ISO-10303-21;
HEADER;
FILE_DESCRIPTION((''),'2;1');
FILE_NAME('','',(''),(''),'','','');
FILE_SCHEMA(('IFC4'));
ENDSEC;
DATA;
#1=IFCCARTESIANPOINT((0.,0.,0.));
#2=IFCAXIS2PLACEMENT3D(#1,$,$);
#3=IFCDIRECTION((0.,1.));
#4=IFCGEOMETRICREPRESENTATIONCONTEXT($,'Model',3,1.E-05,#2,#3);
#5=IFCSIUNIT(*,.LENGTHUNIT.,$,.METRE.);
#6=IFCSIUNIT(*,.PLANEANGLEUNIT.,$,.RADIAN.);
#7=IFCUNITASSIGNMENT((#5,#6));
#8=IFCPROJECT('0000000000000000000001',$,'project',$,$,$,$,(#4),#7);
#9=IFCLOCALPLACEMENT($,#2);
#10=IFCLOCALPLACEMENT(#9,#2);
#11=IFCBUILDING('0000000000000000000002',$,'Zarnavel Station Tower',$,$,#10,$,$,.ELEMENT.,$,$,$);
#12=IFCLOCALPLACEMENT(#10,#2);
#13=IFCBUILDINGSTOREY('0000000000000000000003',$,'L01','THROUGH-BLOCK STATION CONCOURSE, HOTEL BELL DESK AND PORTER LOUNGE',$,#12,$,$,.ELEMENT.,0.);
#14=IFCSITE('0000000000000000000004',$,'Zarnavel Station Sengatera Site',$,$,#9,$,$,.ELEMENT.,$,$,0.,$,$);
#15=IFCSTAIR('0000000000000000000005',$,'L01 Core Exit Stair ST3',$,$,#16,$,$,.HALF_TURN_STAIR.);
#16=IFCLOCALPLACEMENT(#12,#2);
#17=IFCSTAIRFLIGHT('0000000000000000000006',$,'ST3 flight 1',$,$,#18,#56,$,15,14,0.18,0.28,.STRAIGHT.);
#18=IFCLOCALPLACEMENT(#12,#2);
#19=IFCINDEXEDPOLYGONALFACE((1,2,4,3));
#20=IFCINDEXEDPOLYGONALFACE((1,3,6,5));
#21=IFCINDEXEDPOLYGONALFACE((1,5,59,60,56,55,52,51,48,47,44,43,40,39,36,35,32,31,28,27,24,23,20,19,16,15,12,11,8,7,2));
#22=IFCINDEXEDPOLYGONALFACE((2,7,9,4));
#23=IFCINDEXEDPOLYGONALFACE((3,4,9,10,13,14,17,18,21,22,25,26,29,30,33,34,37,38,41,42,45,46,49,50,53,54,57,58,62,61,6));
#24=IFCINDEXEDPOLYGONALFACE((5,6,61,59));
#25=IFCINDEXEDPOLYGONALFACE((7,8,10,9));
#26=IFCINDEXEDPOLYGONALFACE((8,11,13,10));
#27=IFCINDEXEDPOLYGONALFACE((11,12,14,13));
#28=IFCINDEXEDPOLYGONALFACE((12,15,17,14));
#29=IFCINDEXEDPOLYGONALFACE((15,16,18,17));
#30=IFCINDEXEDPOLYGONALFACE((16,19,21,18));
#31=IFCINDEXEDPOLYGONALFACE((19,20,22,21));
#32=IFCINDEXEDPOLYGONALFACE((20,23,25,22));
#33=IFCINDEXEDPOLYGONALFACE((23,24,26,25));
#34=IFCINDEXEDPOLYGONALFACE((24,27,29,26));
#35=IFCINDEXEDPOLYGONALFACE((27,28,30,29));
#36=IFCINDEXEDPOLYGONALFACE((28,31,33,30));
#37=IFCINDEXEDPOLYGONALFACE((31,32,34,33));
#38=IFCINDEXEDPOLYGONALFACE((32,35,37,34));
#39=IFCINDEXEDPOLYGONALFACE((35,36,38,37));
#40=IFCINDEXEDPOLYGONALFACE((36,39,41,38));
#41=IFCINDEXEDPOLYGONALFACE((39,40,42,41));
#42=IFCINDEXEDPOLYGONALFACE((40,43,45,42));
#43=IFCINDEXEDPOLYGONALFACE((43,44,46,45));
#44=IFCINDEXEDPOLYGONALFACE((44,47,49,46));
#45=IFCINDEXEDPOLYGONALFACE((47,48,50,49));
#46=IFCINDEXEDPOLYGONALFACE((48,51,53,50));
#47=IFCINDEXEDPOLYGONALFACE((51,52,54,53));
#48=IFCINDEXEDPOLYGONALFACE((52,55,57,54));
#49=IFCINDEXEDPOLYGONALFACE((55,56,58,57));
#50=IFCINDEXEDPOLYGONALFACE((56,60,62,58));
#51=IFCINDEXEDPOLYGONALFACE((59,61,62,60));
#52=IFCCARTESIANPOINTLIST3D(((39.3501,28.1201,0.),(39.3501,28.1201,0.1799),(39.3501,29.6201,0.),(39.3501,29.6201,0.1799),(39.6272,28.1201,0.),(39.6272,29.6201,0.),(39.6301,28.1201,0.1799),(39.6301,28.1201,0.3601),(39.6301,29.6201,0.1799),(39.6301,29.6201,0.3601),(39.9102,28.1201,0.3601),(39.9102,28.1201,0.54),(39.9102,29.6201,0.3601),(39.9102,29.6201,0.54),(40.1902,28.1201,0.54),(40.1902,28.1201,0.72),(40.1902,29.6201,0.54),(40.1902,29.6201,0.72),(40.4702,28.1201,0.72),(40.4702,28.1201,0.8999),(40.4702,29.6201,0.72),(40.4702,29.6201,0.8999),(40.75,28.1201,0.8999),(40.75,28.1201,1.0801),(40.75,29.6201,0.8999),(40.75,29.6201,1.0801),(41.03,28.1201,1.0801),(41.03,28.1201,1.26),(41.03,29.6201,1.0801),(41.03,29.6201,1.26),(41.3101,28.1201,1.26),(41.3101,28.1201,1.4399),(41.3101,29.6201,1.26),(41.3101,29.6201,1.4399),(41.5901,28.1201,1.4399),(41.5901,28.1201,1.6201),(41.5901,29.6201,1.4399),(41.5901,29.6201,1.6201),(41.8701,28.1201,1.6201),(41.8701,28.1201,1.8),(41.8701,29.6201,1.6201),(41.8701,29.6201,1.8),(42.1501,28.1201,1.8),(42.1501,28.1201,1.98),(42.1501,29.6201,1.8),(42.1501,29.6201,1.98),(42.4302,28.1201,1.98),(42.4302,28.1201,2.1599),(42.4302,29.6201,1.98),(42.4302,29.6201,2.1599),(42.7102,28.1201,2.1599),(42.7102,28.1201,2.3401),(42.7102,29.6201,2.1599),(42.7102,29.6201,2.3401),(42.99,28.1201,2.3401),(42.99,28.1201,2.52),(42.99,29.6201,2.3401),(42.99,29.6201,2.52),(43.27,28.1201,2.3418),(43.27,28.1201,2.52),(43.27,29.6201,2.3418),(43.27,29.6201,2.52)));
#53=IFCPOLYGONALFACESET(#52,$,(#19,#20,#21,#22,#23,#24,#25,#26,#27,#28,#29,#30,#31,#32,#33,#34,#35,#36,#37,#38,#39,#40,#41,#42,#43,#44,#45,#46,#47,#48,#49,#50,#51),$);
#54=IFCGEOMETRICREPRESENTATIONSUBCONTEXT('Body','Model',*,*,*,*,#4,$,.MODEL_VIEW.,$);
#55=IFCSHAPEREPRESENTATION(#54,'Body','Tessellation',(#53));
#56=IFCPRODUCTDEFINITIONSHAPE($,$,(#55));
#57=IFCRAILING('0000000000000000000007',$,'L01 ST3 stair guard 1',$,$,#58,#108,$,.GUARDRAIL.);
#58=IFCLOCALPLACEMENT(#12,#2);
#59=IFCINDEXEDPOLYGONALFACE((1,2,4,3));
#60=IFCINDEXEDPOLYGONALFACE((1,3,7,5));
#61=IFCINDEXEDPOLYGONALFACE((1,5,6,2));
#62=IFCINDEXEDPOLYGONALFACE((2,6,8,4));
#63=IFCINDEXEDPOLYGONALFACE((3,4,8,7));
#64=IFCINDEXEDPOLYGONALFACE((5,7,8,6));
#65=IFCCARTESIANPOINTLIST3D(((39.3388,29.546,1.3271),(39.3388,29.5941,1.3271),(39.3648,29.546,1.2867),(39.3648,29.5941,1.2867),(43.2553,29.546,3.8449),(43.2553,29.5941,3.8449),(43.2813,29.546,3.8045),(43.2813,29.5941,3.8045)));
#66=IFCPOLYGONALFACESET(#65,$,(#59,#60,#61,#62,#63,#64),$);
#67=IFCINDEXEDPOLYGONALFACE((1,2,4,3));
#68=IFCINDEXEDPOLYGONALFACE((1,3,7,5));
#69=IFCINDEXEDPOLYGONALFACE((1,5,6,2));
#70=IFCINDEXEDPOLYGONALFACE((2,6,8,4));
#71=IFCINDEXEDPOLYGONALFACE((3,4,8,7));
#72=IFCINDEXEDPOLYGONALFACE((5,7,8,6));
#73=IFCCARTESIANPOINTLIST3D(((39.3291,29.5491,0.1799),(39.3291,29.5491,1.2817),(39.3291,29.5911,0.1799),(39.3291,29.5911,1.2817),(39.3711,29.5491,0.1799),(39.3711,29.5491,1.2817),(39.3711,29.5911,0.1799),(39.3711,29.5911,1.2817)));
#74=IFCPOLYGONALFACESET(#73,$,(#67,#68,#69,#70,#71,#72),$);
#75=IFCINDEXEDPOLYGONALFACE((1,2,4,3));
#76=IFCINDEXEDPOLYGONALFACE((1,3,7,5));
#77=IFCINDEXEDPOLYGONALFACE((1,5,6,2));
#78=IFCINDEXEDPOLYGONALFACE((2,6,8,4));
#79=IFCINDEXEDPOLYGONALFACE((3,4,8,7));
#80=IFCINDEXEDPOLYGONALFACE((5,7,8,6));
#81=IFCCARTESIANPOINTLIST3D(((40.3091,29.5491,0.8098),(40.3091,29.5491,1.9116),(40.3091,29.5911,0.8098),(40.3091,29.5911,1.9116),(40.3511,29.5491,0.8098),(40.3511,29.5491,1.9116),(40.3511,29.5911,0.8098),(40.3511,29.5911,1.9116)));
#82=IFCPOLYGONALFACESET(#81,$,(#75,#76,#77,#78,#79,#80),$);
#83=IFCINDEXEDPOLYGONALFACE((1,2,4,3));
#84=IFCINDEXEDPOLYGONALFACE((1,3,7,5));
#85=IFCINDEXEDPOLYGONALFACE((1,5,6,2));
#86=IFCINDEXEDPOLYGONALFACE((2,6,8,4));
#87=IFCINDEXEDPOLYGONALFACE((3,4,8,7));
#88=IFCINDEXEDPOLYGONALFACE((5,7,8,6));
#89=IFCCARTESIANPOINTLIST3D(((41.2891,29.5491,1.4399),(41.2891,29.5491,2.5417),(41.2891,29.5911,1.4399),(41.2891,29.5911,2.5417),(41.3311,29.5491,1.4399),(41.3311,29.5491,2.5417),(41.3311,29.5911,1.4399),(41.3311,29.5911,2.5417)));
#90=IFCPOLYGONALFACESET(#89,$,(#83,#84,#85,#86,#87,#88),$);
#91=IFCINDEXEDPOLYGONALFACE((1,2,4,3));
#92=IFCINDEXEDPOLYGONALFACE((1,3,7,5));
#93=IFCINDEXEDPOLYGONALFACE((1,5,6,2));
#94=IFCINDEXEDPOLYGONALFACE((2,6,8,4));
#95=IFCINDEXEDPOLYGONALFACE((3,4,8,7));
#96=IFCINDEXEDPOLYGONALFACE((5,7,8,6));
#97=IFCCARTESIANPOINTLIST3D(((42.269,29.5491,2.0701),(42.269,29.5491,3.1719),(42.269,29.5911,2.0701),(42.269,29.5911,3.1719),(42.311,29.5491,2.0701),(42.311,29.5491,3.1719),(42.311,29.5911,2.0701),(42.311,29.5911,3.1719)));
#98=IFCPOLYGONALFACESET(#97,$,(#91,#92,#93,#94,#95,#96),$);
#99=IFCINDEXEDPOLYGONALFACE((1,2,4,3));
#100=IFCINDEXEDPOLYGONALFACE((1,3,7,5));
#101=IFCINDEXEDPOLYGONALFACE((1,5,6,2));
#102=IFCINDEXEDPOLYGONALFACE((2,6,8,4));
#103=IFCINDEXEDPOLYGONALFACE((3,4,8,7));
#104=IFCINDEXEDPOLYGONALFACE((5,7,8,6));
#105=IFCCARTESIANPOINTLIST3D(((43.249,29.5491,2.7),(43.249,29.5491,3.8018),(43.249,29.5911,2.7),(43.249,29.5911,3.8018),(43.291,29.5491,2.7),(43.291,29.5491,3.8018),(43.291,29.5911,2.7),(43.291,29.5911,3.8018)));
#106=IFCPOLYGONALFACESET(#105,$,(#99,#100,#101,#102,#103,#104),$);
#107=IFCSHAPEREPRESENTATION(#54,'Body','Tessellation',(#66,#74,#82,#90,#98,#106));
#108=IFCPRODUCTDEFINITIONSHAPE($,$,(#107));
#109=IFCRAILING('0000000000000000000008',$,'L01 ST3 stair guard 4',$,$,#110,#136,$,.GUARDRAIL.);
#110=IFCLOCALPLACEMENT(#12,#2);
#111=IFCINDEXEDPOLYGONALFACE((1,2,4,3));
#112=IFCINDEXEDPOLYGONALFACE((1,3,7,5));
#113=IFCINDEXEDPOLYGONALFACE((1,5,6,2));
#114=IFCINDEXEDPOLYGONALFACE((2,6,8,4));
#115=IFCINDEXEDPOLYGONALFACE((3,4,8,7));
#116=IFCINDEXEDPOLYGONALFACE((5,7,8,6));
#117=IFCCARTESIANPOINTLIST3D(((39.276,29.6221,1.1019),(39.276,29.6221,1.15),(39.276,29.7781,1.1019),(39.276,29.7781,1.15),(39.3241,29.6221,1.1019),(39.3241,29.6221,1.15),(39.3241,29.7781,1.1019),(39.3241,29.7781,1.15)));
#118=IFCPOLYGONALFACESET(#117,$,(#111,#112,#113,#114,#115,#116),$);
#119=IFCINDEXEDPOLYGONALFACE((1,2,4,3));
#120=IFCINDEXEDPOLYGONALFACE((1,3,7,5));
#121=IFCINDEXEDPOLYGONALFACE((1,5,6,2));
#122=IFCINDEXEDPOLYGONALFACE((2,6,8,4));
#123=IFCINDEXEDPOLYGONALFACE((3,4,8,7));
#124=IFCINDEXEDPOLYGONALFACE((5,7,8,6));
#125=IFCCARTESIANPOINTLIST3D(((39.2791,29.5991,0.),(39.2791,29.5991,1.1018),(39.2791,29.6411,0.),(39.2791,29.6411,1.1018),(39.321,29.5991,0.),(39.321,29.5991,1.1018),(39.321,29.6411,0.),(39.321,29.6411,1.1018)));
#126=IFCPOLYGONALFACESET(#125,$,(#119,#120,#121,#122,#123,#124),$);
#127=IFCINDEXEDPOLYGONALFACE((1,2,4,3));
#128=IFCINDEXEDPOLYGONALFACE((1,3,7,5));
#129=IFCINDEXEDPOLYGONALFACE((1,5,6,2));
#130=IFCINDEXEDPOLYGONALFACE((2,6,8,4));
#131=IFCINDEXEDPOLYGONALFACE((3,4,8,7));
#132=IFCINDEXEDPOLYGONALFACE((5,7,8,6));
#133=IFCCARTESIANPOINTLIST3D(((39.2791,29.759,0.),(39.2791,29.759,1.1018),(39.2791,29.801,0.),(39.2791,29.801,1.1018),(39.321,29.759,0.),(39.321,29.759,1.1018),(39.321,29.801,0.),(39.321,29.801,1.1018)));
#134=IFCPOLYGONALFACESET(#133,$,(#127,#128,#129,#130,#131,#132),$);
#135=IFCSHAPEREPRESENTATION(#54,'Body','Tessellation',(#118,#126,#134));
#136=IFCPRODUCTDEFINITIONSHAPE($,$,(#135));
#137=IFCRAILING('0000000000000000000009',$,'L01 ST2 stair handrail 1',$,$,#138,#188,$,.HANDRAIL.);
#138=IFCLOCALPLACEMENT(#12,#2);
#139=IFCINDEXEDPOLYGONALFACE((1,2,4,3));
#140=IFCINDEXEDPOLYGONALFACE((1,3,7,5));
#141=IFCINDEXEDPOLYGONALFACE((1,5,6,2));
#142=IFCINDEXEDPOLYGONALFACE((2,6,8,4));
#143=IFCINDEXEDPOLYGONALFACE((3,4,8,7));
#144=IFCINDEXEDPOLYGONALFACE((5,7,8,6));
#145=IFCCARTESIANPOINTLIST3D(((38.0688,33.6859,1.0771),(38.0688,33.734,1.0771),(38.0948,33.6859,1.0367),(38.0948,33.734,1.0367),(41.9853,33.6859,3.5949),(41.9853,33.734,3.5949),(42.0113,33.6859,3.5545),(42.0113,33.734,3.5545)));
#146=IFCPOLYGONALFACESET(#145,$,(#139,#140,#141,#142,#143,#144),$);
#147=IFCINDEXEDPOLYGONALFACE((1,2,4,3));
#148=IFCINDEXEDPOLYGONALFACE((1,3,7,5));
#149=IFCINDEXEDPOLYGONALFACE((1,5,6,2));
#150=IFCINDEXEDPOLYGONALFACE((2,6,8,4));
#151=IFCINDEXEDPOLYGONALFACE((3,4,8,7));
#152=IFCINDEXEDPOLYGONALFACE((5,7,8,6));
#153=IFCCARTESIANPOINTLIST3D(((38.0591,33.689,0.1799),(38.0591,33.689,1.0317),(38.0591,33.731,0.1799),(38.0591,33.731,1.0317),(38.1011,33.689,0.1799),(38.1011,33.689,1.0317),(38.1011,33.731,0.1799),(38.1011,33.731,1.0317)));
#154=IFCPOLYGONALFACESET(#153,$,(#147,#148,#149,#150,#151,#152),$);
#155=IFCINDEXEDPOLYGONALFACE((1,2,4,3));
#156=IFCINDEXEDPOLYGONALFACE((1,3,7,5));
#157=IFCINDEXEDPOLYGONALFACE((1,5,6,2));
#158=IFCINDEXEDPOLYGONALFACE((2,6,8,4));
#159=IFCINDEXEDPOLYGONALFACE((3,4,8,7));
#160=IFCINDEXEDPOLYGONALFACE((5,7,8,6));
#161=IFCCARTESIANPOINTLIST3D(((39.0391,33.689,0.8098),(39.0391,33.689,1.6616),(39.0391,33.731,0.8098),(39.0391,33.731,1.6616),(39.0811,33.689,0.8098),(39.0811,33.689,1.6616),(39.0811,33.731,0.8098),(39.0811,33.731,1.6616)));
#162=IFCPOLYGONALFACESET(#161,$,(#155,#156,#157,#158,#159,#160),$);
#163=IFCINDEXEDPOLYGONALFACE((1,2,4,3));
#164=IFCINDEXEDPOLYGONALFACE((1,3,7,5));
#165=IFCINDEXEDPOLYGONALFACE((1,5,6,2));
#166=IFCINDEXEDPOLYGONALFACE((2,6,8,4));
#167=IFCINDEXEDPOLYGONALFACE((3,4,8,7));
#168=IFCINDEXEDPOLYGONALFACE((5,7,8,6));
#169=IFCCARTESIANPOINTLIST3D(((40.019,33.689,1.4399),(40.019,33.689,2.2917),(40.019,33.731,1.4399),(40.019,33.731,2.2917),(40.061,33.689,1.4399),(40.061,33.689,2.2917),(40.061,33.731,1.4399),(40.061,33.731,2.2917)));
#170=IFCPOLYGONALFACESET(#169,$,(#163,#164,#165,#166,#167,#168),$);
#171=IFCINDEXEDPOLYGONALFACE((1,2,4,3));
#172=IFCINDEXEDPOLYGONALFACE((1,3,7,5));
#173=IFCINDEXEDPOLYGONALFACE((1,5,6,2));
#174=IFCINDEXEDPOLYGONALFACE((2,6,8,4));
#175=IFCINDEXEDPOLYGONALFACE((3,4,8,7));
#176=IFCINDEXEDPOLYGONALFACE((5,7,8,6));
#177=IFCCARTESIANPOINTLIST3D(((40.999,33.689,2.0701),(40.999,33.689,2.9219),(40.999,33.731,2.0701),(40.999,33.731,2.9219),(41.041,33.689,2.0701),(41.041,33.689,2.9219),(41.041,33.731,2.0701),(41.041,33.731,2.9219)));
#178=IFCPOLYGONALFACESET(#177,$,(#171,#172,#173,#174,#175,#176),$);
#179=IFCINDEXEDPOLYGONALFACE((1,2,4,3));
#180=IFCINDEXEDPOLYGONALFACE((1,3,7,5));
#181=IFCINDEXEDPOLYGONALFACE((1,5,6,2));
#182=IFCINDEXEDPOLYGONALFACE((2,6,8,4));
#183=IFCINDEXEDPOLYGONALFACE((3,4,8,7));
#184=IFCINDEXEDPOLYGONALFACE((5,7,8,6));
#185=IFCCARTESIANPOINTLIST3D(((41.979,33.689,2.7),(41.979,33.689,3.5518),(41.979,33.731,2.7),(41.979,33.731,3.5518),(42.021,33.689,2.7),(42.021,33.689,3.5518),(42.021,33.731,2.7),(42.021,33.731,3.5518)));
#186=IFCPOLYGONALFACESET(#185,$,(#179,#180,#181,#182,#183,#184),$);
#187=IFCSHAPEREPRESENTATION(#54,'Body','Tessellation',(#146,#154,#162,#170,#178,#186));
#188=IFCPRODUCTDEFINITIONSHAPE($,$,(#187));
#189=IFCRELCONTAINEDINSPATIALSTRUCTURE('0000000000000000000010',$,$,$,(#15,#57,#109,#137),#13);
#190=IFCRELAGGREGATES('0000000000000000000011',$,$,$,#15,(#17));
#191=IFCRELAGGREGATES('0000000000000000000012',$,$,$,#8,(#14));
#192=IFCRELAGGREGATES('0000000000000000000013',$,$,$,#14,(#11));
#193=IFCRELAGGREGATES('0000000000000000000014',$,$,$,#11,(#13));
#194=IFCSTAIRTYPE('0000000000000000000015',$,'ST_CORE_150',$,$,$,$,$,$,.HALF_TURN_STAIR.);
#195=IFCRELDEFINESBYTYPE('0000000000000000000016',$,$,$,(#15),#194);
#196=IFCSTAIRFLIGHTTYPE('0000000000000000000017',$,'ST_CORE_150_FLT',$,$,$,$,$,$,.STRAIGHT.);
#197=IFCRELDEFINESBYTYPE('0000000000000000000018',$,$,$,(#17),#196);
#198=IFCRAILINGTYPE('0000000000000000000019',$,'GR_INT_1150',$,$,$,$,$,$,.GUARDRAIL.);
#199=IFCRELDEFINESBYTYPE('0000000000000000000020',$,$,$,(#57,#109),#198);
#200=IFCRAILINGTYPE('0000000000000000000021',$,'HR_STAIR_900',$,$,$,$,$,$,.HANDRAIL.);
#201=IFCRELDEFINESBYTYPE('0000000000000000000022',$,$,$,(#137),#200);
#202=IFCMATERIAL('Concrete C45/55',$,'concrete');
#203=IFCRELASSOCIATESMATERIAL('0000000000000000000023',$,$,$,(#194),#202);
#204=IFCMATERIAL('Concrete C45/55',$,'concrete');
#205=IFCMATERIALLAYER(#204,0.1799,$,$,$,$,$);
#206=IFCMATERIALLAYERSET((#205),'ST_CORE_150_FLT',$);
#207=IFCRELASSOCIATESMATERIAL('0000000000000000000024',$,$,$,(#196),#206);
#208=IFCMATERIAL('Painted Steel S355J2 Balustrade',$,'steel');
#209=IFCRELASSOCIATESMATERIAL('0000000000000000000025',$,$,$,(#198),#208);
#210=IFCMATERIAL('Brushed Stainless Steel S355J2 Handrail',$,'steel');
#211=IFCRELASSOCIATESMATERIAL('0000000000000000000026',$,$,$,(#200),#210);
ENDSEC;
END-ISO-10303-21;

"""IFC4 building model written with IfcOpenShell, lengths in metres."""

from ifc_helpers import new_model, si_unit, direction, frame, origin, origin_2d, place, context, subcontext, project, spatial, polyline, rectangle, outline, extrude, material, layer, layer_set, type_object, element, aggregate, save


model = new_model("IFC4")

# Units and contexts
model_context = context("Model", 3, precision=1e-05, world=origin(), true_north=direction((0.0, 1.0)))
body_context = subcontext(model_context, "Body", "Model", "MODEL_VIEW")
ifc_project = project(units=[si_unit("LENGTHUNIT", "METRE"), si_unit("PLANEANGLEUNIT", "RADIAN")], contexts=[model_context])

# Site, building, storey
site_placement = place(None, origin())
site = spatial("IfcSite", under=ifc_project, at=site_placement, Name="Zarnavel Station Sengatera Site", CompositionType="ELEMENT", RefElevation=0.0)
building_placement = place(site_placement, origin())
building = spatial("IfcBuilding", under=site, at=building_placement, Name="Zarnavel Station Tower", CompositionType="ELEMENT")
storey_placement = place(building_placement, origin())
storey = spatial("IfcBuildingStorey", under=building, at=storey_placement, Name="L01", Description="THROUGH-BLOCK STATION CONCOURSE, HOTEL BELL DESK AND PORTER LOUNGE", CompositionType="ELEMENT", Elevation=0.0)

# Stair, stair flight
ifc_material_1 = material(Name="Concrete C45/55", Category="concrete")
stair_type = type_object("IfcStairType", Name="ST_CORE_150", PredefinedType="HALF_TURN_STAIR", material=ifc_material_1)
stair_placement = place(storey_placement, origin())
stair = element("IfcStair", 1, at=stair_placement, inside=storey, type_object=stair_type, Name="L01 Core Exit Stair ST3", PredefinedType="HALF_TURN_STAIR")
ifc_material_2 = material(Name="Concrete C45/55", Category="concrete")
ifc_layer_1 = layer(ifc_material_2, 0.1799)
ifc_layer_set_1 = layer_set([ifc_layer_1], Name="ST_CORE_150_FLT")
stair_flight_type = type_object("IfcStairFlightType", Name="ST_CORE_150_FLT", PredefinedType="STRAIGHT", material=ifc_layer_set_1)
stair_flight_placement = place(storey_placement, frame((39.3501, 28.8701, 0.0), z_axis=(0.0, 0.0, 1.0), x_axis=(1.0, 0.0, 0.0)))
stair_flight = element("IfcStairFlight", 2, at=stair_flight_placement, type_object=stair_flight_type, Name="ST3 flight 1", NumberOfRisers=15, NumberOfTreads=14, PredefinedType="STRAIGHT", RiserHeight=0.18, TreadLength=0.28, context=body_context, shape_type="SweptSolid", body=[
    extrude(outline(polyline([(0.0, 0.0), (0.0, 0.1799), (0.28, 0.1799), (0.28, 0.3601), (0.5601, 0.3601), (0.5601, 0.54), (0.8401, 0.54), (0.8401, 0.72), (1.1201, 0.72), (1.1201, 0.8999), (1.3999, 0.8999), (1.3999, 1.0801), (1.6799, 1.0801), (1.6799, 1.26), (1.96, 1.26), (1.96, 1.4399), (2.24, 1.4399), (2.24, 1.6201), (2.52, 1.6201), (2.52, 1.8), (2.8, 1.8), (2.8, 1.98), (3.0801, 1.98), (3.0801, 2.1599), (3.3601, 2.1599), (3.3601, 2.3401), (3.6399, 2.3401), (3.6399, 2.52), (3.9199, 2.52), (3.9199, 2.7), (3.9199, 2.3418), (0.2771, 0.0), (0.0, 0.0)])), frame((0.0, 0.75, 0.0), z_axis=(0.0, -1.0, 0.0), x_axis=(1.0, 0.0, 0.0)), (0.0, 0.0, 1.0), 1.5),
])
aggregate(stair, [stair_flight])

# Railings
ifc_material_3 = material(Name="Painted Steel S355J2 Balustrade", Category="steel")
railing_type_1 = type_object("IfcRailingType", Name="GR_INT_1150", PredefinedType="GUARDRAIL", material=ifc_material_3)
railing_1_placement = place(storey_placement, frame((39.3501, 29.5701, 0.1799)))
element("IfcRailing", 3, at=railing_1_placement, inside=storey, type_object=railing_type_1, Name="L01 ST3 stair guard 1", PredefinedType="GUARDRAIL", context=body_context, shape_type="SweptSolid", body=[
    extrude(rectangle(XDim=0.0481, YDim=0.0481, at=origin_2d()), frame((0.0017, 0.0, 1.127), z_axis=(0.841172, 0.0, 0.540768), x_axis=(0.0, 1.0, 0.0)), (0.0, 0.0, 1.0), 4.656),
    extrude(rectangle(XDim=0.042, YDim=0.042, at=origin_2d()), origin(), (0.0, 0.0, 1.0), 1.1018),
    extrude(rectangle(XDim=0.042, YDim=0.042, at=origin_2d()), frame((0.98, 0.0, 0.6299)), (0.0, 0.0, 1.0), 1.1018),
    extrude(rectangle(XDim=0.042, YDim=0.042, at=origin_2d()), frame((1.96, 0.0, 1.26)), (0.0, 0.0, 1.0), 1.1018),
    extrude(rectangle(XDim=0.042, YDim=0.042, at=origin_2d()), frame((2.9399, 0.0, 1.8901)), (0.0, 0.0, 1.0), 1.1018),
    extrude(rectangle(XDim=0.042, YDim=0.042, at=origin_2d()), frame((3.9199, 0.0, 2.52)), (0.0, 0.0, 1.0), 1.1018),
])
railing_2_placement = place(storey_placement, frame((39.3, 29.6201, 0.0)))
element("IfcRailing", 4, at=railing_2_placement, inside=storey, type_object=railing_type_1, Name="L01 ST3 stair guard 4", PredefinedType="GUARDRAIL", context=body_context, shape_type="SweptSolid", body=[
    extrude(rectangle(XDim=0.0481, YDim=0.0481, at=origin_2d()), frame((0.0, 0.002, 1.126), z_axis=(0.0, 1.0, 0.0), x_axis=(-1.0, 0.0, 0.0)), (0.0, 0.0, 1.0), 0.156),
    extrude(rectangle(XDim=0.042, YDim=0.042, at=origin_2d()), origin(), (0.0, 0.0, 1.0), 1.1018),
    extrude(rectangle(XDim=0.042, YDim=0.042, at=origin_2d()), frame((0.0, 0.1599, 0.0)), (0.0, 0.0, 1.0), 1.1018),
])
ifc_material_4 = material(Name="Brushed Stainless Steel S355J2 Handrail", Category="steel")
railing_type_2 = type_object("IfcRailingType", Name="HR_STAIR_900", PredefinedType="HANDRAIL", material=ifc_material_4)
for number, where, name in (
    (5, (38.0801, 33.71, 0.1799), "L01 ST2 stair handrail 1"),
):
    element("IfcRailing", number, at=place(storey_placement, frame(where)), inside=storey, type_object=railing_type_2, Name=name, PredefinedType="HANDRAIL", context=body_context, shape_type="SweptSolid", body=[
        extrude(rectangle(XDim=0.0481, YDim=0.0481, at=origin_2d()), frame((0.0017, 0.0, 0.877), z_axis=(0.841172, 0.0, 0.540768), x_axis=(0.0, 1.0, 0.0)), (0.0, 0.0, 1.0), 4.656),
        extrude(rectangle(XDim=0.042, YDim=0.042, at=origin_2d()), origin(), (0.0, 0.0, 1.0), 0.8518),
        extrude(rectangle(XDim=0.042, YDim=0.042, at=origin_2d()), frame((0.98, 0.0, 0.6299)), (0.0, 0.0, 1.0), 0.8518),
        extrude(rectangle(XDim=0.042, YDim=0.042, at=origin_2d()), frame((1.96, 0.0, 1.26)), (0.0, 0.0, 1.0), 0.8518),
        extrude(rectangle(XDim=0.042, YDim=0.042, at=origin_2d()), frame((2.9399, 0.0, 1.8901)), (0.0, 0.0, 1.0), 0.8518),
        extrude(rectangle(XDim=0.042, YDim=0.042, at=origin_2d()), frame((3.9199, 0.0, 2.52)), (0.0, 0.0, 1.0), 0.8518),
    ])

save(model, "model.ifc")
